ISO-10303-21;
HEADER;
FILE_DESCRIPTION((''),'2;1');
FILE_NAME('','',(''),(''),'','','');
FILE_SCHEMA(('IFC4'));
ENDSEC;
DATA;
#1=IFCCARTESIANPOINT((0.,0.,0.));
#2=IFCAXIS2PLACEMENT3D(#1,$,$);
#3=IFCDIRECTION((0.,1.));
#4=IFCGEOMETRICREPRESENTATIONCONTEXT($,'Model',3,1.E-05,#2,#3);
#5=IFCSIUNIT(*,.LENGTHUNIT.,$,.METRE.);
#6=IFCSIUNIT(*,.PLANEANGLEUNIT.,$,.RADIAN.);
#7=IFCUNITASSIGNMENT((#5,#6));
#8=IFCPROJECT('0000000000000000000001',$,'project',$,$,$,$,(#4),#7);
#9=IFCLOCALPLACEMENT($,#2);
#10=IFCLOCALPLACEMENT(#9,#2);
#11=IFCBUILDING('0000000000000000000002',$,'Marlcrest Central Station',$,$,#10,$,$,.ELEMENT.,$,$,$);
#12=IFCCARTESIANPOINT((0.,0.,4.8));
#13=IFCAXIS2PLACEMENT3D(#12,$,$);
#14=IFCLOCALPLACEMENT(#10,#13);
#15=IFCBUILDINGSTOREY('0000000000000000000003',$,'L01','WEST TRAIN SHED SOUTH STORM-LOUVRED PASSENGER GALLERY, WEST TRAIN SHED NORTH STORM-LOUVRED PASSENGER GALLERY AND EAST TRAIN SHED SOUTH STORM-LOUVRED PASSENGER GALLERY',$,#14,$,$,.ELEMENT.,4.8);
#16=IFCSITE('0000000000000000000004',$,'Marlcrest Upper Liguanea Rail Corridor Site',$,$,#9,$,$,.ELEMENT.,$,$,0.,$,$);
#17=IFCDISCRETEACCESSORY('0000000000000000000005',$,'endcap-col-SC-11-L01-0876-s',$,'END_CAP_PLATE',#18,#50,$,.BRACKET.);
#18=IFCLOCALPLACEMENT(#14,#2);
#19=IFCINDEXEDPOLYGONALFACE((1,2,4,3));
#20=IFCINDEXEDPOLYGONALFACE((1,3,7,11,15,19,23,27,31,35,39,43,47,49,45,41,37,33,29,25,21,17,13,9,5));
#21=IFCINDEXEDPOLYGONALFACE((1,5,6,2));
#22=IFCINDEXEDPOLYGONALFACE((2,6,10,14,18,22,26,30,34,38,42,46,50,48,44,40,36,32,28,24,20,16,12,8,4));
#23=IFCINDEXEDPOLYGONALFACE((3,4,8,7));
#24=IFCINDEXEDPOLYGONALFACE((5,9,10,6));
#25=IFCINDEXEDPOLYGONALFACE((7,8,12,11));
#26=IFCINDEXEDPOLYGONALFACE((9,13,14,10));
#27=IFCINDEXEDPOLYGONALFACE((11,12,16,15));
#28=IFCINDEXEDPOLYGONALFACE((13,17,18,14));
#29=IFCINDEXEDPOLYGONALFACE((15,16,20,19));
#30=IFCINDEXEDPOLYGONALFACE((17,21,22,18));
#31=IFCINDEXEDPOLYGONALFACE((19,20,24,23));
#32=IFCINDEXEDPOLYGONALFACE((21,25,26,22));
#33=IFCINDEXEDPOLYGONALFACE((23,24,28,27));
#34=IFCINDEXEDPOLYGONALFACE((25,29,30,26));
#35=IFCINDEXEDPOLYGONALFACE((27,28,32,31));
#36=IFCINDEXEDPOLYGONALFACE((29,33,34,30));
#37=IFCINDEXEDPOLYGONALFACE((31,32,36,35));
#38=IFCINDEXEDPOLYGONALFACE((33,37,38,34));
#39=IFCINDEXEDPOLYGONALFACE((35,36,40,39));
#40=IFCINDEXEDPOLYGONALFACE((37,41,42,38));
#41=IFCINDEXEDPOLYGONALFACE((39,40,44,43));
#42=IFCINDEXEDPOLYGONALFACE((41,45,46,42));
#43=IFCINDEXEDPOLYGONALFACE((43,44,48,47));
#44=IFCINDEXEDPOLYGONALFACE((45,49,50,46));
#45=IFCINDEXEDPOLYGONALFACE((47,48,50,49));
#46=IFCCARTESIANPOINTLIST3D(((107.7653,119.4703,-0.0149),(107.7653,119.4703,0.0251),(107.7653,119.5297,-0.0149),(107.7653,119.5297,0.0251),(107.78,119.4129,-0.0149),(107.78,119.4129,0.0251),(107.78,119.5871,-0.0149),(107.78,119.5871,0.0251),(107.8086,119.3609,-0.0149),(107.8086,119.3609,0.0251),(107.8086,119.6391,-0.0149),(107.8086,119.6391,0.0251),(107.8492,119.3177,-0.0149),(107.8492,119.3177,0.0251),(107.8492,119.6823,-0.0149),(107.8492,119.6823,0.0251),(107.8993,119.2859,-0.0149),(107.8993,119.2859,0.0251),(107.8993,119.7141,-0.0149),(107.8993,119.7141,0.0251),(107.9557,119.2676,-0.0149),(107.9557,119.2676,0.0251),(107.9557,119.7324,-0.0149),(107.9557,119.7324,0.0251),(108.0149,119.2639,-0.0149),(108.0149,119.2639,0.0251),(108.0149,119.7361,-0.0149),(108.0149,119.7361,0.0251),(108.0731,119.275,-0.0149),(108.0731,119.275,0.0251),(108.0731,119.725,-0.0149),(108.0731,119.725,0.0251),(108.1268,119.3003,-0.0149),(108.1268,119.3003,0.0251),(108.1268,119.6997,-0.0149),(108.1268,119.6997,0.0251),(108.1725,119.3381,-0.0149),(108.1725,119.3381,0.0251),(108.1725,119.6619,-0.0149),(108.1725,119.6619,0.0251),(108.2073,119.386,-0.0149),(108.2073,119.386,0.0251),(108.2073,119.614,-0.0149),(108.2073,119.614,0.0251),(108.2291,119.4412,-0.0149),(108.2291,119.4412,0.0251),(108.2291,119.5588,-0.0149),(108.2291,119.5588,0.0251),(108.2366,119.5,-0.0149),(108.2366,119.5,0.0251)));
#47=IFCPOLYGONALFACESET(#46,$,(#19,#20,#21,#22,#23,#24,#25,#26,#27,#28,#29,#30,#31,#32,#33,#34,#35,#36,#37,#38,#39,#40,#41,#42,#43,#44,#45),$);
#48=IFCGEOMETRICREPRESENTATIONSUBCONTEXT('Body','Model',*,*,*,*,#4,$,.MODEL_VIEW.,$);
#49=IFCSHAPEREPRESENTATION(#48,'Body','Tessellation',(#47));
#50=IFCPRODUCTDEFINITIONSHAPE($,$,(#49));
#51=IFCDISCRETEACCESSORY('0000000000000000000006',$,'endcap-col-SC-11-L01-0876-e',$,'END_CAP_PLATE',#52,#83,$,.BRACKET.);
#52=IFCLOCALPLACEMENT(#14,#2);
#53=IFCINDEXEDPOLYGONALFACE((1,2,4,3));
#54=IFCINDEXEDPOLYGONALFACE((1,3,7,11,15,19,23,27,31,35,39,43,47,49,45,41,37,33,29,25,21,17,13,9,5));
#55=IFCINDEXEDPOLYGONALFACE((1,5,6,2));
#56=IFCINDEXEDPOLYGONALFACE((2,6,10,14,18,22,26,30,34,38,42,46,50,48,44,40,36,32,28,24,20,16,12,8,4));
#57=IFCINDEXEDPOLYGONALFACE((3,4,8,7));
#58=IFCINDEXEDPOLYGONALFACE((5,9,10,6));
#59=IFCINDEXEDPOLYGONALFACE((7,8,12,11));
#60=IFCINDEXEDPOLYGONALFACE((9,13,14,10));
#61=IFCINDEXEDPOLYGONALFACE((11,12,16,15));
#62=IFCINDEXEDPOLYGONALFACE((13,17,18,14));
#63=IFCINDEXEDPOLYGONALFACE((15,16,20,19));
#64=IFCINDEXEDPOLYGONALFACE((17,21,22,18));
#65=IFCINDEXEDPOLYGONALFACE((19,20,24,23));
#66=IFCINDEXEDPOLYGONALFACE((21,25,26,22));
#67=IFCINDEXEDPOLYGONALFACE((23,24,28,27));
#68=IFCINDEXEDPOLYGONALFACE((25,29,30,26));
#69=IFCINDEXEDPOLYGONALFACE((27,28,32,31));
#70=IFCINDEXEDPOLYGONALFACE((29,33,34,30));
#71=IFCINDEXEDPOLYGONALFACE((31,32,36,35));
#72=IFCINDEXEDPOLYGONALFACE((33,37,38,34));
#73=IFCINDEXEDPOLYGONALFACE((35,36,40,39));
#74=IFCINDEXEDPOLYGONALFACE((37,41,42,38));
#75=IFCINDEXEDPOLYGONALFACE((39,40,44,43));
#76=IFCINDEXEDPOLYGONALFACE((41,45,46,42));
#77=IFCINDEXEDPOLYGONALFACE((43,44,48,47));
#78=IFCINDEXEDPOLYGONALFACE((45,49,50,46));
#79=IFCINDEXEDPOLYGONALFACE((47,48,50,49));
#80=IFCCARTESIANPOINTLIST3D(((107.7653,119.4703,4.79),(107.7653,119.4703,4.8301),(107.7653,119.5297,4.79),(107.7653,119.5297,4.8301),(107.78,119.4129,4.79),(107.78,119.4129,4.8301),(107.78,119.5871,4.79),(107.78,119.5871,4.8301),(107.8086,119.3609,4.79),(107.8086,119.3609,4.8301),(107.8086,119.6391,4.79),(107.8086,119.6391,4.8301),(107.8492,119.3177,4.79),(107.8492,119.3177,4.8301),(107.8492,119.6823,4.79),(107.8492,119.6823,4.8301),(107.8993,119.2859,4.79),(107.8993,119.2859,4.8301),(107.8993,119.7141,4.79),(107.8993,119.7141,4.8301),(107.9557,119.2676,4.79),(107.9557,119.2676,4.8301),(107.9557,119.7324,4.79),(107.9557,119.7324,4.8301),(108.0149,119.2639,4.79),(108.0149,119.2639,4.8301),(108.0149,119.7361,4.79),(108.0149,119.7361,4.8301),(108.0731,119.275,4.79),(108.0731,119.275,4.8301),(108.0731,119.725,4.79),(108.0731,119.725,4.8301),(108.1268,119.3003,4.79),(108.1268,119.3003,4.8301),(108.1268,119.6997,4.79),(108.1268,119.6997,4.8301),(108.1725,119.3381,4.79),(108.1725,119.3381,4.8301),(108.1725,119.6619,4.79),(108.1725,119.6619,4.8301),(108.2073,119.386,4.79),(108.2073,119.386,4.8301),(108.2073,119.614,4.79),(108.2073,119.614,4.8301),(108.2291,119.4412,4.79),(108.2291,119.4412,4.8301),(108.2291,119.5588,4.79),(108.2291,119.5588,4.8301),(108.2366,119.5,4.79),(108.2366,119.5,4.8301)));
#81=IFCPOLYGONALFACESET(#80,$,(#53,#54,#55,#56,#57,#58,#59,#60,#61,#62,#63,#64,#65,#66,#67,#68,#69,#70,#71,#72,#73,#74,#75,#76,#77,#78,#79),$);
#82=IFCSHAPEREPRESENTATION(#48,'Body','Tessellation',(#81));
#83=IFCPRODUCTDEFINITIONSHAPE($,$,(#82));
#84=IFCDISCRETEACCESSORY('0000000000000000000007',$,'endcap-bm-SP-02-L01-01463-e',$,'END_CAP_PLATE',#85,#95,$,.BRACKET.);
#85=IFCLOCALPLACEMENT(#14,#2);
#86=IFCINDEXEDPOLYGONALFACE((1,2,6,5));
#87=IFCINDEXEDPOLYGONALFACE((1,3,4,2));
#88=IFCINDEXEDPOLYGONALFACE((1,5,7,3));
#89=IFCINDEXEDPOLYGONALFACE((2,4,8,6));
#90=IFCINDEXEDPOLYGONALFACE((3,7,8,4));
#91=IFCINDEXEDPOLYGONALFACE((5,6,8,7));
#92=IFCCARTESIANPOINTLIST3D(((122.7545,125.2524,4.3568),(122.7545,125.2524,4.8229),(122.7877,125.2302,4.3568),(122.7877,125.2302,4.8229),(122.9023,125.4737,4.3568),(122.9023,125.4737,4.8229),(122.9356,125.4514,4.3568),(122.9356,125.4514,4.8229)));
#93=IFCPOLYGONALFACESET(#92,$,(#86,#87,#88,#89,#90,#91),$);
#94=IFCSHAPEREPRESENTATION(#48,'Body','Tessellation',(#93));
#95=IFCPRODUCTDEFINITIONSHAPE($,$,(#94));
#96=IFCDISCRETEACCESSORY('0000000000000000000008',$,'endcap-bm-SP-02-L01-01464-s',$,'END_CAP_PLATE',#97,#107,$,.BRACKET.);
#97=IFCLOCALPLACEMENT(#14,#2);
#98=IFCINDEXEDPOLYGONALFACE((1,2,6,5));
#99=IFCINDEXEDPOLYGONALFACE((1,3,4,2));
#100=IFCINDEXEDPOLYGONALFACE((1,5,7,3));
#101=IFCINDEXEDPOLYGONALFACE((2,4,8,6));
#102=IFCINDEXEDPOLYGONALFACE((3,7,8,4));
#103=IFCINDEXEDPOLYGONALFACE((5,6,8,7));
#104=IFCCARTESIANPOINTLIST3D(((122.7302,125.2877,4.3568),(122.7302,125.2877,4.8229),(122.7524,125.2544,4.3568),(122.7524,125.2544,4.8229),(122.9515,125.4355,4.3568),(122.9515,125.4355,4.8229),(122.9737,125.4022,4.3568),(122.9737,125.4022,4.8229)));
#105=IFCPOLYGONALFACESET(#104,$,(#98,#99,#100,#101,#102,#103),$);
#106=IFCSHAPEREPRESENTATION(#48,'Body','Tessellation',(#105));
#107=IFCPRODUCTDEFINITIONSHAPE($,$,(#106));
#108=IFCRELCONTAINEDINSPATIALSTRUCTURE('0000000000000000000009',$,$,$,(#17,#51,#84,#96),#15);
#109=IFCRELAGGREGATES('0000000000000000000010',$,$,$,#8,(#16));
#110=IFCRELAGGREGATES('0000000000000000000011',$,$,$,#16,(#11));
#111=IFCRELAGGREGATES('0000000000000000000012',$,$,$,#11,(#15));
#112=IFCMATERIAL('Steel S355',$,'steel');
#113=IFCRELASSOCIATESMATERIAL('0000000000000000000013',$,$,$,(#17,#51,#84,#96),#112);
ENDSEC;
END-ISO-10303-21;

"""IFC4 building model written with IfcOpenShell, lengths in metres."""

from ifc_helpers import new_model, si_unit, direction, frame, origin, origin_2d, place, context, subcontext, project, spatial, rectangle, circle, extrude, material, element, save


model = new_model("IFC4")

# Units and contexts
model_context = context("Model", 3, precision=1e-05, world=origin(), true_north=direction((0.0, 1.0)))
body_context = subcontext(model_context, "Body", "Model", "MODEL_VIEW")
ifc_project = project(units=[si_unit("LENGTHUNIT", "METRE"), si_unit("PLANEANGLEUNIT", "RADIAN")], contexts=[model_context])

# Site, building, storey
site_placement = place(None, origin())
site = spatial("IfcSite", under=ifc_project, at=site_placement, Name="Marlcrest Upper Liguanea Rail Corridor Site", CompositionType="ELEMENT", RefElevation=0.0)
building_placement = place(site_placement, origin())
building = spatial("IfcBuilding", under=site, at=building_placement, Name="Marlcrest Central Station", CompositionType="ELEMENT")
storey_placement = place(building_placement, frame((0.0, 0.0, 4.8)))
storey = spatial("IfcBuildingStorey", under=building, at=storey_placement, Name="L01", Description="WEST TRAIN SHED SOUTH STORM-LOUVRED PASSENGER GALLERY, WEST TRAIN SHED NORTH STORM-LOUVRED PASSENGER GALLERY AND EAST TRAIN SHED SOUTH STORM-LOUVRED PASSENGER GALLERY", CompositionType="ELEMENT", Elevation=4.8)

# Shared definitions
ifc_material_1 = material(Name="Steel S355", Category="steel")

# Discrete accessories
for number, where, z_axis, x_axis, name in (
    (1, (108.0, 119.5, -0.0149), (0.0, 0.0, 1.0), (1.0, 0.0, 0.0), "endcap-col-SC-11-L01-0876-s"),
    (2, (108.0, 119.5, 4.79), (0.0, 0.0, 1.0), (1.0, 0.0, 0.0), "endcap-col-SC-11-L01-0876-e"),
):
    element("IfcDiscreteAccessory", number, at=place(storey_placement, frame(where, z_axis=z_axis, x_axis=x_axis)), inside=storey, material=ifc_material_1, Name=name, ObjectType="END_CAP_PLATE", PredefinedType="BRACKET", context=body_context, shape_type="SweptSolid", body=[
        extrude(circle(Radius=0.2366, at=origin_2d()), origin(), (0.0, 0.0, 1.0), 0.04),
    ])
for number, where, z_axis, x_axis, name in (
    (3, (122.8284, 125.363, 4.5898), (0.831509, -0.555511, 0.0), (0.555511, 0.831509, 0.0), "endcap-bm-SP-02-L01-01463-e"),
    (4, (122.8408, 125.3616, 4.5898), (0.555511, -0.831509, 0.0), (0.831509, 0.555511, 0.0), "endcap-bm-SP-02-L01-01464-s"),
):
    element("IfcDiscreteAccessory", number, at=place(storey_placement, frame(where, z_axis=z_axis, x_axis=x_axis)), inside=storey, material=ifc_material_1, Name=name, ObjectType="END_CAP_PLATE", PredefinedType="BRACKET", context=body_context, shape_type="SweptSolid", body=[
        extrude(rectangle(XDim=0.2661, YDim=0.4661, at=origin_2d()), origin(), (0.0, 0.0, 1.0), 0.04),
    ])

save(model, "model.ifc")
